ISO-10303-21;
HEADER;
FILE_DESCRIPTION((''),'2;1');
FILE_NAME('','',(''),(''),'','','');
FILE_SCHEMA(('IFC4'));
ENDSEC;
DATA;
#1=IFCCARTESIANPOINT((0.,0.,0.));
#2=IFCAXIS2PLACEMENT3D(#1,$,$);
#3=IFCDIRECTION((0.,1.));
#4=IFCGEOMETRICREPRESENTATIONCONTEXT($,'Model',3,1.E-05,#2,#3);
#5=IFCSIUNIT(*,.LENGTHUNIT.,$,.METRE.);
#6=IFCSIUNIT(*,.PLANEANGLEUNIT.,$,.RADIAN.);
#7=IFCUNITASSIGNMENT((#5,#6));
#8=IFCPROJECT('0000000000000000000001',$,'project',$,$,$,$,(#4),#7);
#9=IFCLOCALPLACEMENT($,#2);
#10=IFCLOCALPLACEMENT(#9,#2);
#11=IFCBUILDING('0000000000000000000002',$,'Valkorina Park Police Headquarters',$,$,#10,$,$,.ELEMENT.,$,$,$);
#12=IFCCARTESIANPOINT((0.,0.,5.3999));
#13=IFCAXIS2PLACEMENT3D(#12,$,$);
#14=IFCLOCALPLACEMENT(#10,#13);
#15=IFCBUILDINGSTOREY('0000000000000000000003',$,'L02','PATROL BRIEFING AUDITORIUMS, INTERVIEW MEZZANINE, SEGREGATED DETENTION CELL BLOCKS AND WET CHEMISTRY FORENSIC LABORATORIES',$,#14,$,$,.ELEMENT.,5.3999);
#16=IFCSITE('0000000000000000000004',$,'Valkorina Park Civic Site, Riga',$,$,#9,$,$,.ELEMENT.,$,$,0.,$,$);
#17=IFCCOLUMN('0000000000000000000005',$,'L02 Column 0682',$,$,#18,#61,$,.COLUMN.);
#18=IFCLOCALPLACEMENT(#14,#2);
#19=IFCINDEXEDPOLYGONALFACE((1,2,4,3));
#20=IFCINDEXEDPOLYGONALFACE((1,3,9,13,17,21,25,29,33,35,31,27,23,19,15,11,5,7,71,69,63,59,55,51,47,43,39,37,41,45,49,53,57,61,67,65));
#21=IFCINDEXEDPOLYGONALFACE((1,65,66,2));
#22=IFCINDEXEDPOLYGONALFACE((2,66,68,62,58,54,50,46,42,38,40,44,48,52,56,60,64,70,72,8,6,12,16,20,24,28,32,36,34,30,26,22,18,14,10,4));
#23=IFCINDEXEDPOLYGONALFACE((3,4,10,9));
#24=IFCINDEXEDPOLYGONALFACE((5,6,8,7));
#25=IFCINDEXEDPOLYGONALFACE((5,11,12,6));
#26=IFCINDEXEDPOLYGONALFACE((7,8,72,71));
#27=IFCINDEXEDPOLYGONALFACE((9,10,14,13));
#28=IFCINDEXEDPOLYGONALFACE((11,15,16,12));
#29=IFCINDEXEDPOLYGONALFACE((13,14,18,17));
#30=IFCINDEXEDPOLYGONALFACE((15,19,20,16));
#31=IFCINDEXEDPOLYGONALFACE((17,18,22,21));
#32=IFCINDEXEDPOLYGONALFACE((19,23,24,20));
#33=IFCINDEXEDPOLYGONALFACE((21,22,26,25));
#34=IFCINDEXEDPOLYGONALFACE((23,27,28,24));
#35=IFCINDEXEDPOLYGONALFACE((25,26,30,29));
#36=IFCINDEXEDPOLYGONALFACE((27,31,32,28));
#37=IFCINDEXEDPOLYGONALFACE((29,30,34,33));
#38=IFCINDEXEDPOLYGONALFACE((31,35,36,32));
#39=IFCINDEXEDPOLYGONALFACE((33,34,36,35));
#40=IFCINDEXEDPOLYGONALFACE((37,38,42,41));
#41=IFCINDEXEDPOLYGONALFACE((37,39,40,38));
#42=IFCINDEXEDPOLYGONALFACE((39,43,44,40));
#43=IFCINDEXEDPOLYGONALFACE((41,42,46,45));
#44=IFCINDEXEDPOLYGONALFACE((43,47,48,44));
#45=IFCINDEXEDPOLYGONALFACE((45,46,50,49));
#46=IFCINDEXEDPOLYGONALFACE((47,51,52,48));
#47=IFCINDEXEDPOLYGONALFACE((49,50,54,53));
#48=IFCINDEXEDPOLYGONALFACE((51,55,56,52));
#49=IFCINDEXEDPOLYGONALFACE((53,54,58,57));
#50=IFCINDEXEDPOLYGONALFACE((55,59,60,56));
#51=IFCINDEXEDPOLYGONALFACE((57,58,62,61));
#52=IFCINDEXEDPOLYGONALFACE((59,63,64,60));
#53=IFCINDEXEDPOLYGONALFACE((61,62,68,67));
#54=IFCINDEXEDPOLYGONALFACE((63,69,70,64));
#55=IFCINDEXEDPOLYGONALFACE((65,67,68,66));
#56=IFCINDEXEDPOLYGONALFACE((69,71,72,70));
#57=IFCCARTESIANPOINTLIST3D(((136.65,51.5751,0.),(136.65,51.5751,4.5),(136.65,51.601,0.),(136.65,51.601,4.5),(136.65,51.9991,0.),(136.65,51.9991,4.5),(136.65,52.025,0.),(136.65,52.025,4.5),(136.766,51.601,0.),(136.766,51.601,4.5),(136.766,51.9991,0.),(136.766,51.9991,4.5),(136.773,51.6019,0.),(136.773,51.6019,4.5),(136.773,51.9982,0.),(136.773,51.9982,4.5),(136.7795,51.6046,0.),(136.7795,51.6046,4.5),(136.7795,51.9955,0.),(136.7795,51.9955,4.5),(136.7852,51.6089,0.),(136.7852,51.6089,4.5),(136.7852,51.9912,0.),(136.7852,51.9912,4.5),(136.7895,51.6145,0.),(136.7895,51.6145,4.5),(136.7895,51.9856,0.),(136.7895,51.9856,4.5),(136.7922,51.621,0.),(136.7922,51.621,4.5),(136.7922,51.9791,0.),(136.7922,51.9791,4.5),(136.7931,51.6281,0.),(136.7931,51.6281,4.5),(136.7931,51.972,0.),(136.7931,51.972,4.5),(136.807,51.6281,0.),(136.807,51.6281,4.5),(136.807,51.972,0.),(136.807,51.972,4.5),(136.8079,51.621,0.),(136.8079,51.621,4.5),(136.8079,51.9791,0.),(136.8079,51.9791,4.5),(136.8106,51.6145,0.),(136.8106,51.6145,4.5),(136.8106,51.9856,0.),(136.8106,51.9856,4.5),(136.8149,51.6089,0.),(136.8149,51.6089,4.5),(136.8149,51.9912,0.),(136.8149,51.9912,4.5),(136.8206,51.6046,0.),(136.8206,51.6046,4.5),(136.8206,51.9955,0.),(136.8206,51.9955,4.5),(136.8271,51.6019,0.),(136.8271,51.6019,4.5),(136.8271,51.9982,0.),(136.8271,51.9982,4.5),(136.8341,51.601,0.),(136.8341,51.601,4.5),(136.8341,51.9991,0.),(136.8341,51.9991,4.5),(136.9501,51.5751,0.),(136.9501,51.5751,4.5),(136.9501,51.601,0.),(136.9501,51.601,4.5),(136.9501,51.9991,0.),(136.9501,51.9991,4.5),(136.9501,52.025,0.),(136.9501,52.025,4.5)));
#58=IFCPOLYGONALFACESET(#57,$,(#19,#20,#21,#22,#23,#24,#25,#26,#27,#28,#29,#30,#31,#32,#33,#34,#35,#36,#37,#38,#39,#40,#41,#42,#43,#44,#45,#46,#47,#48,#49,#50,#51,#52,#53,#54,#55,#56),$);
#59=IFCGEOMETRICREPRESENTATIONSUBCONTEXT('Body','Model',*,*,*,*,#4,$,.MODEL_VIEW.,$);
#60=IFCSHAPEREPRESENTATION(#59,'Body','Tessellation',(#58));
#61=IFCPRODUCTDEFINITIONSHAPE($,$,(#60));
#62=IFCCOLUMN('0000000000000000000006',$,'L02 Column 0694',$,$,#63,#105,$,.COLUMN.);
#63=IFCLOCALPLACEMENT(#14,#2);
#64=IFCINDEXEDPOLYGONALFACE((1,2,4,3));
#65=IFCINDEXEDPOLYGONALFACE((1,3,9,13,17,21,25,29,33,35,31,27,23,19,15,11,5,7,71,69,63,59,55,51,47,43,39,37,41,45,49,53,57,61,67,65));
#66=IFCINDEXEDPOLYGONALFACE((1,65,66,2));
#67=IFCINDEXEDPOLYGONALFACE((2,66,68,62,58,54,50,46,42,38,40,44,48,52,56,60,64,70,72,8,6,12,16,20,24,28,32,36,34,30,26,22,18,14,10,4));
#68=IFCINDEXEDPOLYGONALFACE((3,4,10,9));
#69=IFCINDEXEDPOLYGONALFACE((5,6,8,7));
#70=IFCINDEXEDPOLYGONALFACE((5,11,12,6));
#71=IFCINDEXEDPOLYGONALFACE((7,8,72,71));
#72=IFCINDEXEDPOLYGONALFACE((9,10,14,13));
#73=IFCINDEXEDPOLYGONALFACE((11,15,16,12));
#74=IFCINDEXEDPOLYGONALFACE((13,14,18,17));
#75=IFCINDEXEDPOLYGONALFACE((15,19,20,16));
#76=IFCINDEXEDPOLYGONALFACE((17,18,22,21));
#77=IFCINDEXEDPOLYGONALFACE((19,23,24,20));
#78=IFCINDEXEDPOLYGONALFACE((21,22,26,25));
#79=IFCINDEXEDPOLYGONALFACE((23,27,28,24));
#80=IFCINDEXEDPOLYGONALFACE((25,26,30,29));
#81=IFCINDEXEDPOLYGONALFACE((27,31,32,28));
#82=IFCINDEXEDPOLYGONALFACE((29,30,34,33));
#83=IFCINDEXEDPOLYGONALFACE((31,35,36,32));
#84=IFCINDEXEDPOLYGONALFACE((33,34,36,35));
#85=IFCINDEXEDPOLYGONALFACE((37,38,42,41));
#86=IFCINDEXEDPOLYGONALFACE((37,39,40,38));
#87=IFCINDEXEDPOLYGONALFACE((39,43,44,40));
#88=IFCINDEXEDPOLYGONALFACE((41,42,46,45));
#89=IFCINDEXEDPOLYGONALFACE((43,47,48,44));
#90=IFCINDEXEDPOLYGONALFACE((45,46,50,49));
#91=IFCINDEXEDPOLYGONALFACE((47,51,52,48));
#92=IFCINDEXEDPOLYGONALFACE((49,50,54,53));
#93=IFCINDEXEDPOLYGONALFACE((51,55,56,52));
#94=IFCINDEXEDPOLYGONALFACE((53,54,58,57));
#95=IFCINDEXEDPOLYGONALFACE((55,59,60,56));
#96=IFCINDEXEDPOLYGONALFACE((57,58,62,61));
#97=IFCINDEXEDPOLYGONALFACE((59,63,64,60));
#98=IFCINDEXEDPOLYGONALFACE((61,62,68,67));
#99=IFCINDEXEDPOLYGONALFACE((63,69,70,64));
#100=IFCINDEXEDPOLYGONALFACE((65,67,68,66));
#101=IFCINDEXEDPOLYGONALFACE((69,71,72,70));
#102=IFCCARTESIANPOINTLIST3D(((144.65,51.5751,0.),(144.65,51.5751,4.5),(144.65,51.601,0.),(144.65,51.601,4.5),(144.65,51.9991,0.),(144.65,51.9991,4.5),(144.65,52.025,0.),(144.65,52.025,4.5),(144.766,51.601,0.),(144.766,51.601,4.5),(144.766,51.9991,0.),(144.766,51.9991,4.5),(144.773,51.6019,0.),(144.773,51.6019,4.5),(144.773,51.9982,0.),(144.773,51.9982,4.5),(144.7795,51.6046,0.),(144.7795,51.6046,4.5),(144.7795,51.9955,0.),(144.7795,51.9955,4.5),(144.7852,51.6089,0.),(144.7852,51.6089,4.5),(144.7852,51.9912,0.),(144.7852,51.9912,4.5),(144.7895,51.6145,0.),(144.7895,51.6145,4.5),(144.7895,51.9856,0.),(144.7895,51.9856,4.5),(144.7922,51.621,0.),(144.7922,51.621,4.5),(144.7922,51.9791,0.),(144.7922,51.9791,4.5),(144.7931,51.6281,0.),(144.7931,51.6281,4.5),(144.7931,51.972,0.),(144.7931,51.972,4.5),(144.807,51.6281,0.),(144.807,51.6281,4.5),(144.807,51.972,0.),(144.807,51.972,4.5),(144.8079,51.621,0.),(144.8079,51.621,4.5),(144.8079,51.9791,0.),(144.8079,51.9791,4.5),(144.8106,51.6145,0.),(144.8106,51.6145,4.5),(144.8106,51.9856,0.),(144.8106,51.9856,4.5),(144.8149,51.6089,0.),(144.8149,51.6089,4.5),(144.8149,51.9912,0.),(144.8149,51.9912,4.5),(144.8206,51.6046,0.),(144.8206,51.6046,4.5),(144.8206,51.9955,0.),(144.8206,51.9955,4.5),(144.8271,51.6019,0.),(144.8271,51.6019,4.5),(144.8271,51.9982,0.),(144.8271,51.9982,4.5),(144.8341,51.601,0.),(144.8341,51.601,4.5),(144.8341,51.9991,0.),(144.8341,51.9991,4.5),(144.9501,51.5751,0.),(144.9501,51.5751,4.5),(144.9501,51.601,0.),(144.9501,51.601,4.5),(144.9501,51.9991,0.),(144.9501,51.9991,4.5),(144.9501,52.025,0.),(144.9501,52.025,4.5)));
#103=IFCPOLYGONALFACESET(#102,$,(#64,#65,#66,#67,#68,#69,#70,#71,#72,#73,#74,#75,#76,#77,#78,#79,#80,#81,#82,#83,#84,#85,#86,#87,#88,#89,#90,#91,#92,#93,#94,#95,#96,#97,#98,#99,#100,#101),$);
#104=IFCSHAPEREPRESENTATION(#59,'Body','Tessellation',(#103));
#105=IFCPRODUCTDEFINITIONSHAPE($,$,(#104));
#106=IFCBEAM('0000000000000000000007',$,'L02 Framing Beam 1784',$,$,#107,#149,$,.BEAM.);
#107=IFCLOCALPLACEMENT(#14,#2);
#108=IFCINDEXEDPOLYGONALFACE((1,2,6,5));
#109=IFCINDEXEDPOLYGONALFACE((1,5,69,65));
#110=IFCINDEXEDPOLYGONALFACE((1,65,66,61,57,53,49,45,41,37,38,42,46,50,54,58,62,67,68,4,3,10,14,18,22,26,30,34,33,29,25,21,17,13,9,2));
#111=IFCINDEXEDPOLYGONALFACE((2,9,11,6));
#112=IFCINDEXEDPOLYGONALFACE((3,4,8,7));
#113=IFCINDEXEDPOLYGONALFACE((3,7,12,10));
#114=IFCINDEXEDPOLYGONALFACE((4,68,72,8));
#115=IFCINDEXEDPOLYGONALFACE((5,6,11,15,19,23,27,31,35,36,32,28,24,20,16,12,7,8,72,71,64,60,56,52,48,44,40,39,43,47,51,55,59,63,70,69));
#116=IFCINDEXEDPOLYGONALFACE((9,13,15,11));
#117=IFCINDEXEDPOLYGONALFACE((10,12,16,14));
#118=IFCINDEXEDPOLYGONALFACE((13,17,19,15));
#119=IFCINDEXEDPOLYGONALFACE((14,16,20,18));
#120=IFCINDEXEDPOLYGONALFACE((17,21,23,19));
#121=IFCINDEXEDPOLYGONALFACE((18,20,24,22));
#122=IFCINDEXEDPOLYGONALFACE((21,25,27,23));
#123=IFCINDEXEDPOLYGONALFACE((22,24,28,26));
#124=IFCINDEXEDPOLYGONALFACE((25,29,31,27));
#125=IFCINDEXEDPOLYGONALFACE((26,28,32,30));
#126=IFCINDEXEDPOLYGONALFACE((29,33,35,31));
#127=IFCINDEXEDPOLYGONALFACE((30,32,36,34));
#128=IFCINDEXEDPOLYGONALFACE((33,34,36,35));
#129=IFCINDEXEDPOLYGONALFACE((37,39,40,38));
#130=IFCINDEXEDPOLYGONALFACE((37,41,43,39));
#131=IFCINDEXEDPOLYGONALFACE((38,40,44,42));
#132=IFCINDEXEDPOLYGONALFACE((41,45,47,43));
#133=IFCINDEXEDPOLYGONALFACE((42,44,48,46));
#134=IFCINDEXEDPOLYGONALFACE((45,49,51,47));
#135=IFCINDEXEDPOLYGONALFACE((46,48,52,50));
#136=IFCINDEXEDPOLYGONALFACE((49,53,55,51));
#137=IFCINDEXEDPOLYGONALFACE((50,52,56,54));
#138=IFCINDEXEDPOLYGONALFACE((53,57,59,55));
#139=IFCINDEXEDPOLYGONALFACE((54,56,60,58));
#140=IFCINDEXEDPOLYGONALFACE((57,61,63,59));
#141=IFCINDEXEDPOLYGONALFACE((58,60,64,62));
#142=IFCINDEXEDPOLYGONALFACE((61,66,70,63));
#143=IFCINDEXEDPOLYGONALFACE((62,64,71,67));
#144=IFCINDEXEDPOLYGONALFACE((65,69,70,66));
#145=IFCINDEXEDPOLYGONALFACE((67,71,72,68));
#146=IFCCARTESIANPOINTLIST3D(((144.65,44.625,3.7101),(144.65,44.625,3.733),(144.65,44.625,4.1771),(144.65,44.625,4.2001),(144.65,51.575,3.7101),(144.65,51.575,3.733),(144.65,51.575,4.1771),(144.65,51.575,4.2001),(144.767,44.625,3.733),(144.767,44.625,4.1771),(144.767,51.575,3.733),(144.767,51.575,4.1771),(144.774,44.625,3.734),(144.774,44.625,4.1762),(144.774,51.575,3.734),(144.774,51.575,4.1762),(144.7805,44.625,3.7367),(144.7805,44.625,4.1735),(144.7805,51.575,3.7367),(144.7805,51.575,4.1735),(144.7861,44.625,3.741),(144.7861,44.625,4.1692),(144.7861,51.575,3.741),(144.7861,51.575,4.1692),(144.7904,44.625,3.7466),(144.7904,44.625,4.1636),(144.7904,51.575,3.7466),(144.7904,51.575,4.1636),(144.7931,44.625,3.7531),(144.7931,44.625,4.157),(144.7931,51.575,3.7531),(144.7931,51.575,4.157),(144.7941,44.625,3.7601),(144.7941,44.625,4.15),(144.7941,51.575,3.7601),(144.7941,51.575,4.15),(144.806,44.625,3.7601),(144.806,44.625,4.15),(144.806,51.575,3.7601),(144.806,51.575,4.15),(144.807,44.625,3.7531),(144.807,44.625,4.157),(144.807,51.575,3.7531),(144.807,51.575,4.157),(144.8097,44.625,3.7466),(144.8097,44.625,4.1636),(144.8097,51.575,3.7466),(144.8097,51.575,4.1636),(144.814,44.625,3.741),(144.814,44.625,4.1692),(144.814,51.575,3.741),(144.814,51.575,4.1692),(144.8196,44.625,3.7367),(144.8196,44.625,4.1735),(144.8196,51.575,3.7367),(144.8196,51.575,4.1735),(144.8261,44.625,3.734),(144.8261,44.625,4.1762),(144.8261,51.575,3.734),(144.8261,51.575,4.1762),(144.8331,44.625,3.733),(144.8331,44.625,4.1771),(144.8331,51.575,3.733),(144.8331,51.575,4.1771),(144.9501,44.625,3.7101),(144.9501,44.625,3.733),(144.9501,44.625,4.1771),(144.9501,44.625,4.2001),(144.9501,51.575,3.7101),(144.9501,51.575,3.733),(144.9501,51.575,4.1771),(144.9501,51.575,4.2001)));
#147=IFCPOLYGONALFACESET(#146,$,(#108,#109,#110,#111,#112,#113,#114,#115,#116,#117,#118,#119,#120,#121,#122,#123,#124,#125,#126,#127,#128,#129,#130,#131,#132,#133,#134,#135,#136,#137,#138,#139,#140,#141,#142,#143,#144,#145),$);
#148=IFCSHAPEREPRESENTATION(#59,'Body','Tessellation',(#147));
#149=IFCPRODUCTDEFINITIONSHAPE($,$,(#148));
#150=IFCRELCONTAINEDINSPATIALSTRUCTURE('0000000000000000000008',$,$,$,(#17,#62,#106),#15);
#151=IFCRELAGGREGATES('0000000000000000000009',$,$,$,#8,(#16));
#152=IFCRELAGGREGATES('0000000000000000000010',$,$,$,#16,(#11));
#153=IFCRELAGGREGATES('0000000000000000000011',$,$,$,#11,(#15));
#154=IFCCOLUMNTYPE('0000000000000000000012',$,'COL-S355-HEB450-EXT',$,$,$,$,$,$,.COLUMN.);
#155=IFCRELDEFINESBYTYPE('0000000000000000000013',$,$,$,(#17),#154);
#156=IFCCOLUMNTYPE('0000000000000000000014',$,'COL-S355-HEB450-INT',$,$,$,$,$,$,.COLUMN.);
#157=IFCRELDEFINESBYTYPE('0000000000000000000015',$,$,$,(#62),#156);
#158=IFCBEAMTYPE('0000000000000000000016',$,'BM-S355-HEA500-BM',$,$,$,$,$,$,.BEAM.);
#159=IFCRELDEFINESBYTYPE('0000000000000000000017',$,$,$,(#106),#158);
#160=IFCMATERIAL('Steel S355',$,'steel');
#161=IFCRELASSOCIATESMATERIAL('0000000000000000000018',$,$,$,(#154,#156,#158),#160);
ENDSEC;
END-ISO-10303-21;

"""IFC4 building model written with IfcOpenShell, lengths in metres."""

from ifc_helpers import new_model, si_unit, direction, frame, origin, origin_2d, place, context, subcontext, project, spatial, i_section, extrude, material, material_profile, profile_set, type_object, element, save


model = new_model("IFC4")

# Units and contexts
model_context = context("Model", 3, precision=1e-05, world=origin(), true_north=direction((0.0, 1.0)))
body_context = subcontext(model_context, "Body", "Model", "MODEL_VIEW")
ifc_project = project(units=[si_unit("LENGTHUNIT", "METRE"), si_unit("PLANEANGLEUNIT", "RADIAN")], contexts=[model_context])

# Site, building, storey
site_placement = place(None, origin())
site = spatial("IfcSite", under=ifc_project, at=site_placement, Name="Valkorina Park Civic Site, Riga", CompositionType="ELEMENT", RefElevation=0.0)
building_placement = place(site_placement, origin())
building = spatial("IfcBuilding", under=site, at=building_placement, Name="Valkorina Park Police Headquarters", CompositionType="ELEMENT")
storey_placement = place(building_placement, frame((0.0, 0.0, 5.3999)))
storey = spatial("IfcBuildingStorey", under=building, at=storey_placement, Name="L02", Description="PATROL BRIEFING AUDITORIUMS, INTERVIEW MEZZANINE, SEGREGATED DETENTION CELL BLOCKS AND WET CHEMISTRY FORENSIC LABORATORIES", CompositionType="ELEMENT", Elevation=5.3999)

# Columns
ifc_material_1 = material(Name="Steel S355", Category="steel")
ifc_material_profile_1 = material_profile(ifc_material_1, i_section(OverallWidth=0.3, OverallDepth=0.45, WebThickness=0.0139, FlangeThickness=0.0259, FilletRadius=0.0271, at=origin_2d()), Name="HEB 450")
ifc_profile_set_1 = profile_set([ifc_material_profile_1], Name="Steel S355")
column_type_1 = type_object("IfcColumnType", Name="COL-S355-HEB450-EXT", PredefinedType="COLUMN", material=ifc_profile_set_1)
column_1_placement = place(storey_placement, frame((136.8, 51.8, 0.0), z_axis=(0.0, 0.0, 1.0), x_axis=(1.0, 0.0, 0.0)))
element("IfcColumn", 1, at=column_1_placement, inside=storey, type_object=column_type_1, Name="L02 Column 0682", PredefinedType="COLUMN", context=body_context, shape_type="SweptSolid", body=[
    extrude(i_section(OverallWidth=0.3, OverallDepth=0.45, WebThickness=0.0139, FlangeThickness=0.0259, FilletRadius=0.0271, at=origin_2d()), origin(), (0.0, 0.0, 1.0), 4.5),
])
ifc_material_profile_2 = material_profile(ifc_material_1, i_section(OverallWidth=0.3, OverallDepth=0.45, WebThickness=0.0139, FlangeThickness=0.0259, FilletRadius=0.0271, at=origin_2d()), Name="HEB 450")
ifc_profile_set_2 = profile_set([ifc_material_profile_2], Name="Steel S355")
column_type_2 = type_object("IfcColumnType", Name="COL-S355-HEB450-INT", PredefinedType="COLUMN", material=ifc_profile_set_2)
column_2_placement = place(storey_placement, frame((144.8, 51.8, 0.0), z_axis=(0.0, 0.0, 1.0), x_axis=(1.0, 0.0, 0.0)))
element("IfcColumn", 2, at=column_2_placement, inside=storey, type_object=column_type_2, Name="L02 Column 0694", PredefinedType="COLUMN", context=body_context, shape_type="SweptSolid", body=[
    extrude(i_section(OverallWidth=0.3, OverallDepth=0.45, WebThickness=0.0139, FlangeThickness=0.0259, FilletRadius=0.0271, at=origin_2d()), origin(), (0.0, 0.0, 1.0), 4.5),
])

# Beam
ifc_material_profile_3 = material_profile(ifc_material_1, i_section(OverallWidth=0.3, OverallDepth=0.49, WebThickness=0.012, FlangeThickness=0.0229, FilletRadius=0.0271, at=origin_2d()), Name="HEA 500")
ifc_profile_set_3 = profile_set([ifc_material_profile_3], Name="Steel S355")
beam_type_1 = type_object("IfcBeamType", Name="BM-S355-HEA500-BM", PredefinedType="BEAM", material=ifc_profile_set_3)
beam_1_placement = place(storey_placement, frame((144.8, 44.625, 3.9551), z_axis=(0.0, 1.0, 0.0), x_axis=(-1.0, 0.0, 0.0)))
element("IfcBeam", 3, at=beam_1_placement, inside=storey, type_object=beam_type_1, Name="L02 Framing Beam 1784", PredefinedType="BEAM", context=body_context, shape_type="SweptSolid", body=[
    extrude(i_section(OverallWidth=0.3, OverallDepth=0.49, WebThickness=0.012, FlangeThickness=0.0229, FilletRadius=0.0271, at=origin_2d()), origin(), (0.0, 0.0, 1.0), 6.95),
])

save(model, "model.ifc")
